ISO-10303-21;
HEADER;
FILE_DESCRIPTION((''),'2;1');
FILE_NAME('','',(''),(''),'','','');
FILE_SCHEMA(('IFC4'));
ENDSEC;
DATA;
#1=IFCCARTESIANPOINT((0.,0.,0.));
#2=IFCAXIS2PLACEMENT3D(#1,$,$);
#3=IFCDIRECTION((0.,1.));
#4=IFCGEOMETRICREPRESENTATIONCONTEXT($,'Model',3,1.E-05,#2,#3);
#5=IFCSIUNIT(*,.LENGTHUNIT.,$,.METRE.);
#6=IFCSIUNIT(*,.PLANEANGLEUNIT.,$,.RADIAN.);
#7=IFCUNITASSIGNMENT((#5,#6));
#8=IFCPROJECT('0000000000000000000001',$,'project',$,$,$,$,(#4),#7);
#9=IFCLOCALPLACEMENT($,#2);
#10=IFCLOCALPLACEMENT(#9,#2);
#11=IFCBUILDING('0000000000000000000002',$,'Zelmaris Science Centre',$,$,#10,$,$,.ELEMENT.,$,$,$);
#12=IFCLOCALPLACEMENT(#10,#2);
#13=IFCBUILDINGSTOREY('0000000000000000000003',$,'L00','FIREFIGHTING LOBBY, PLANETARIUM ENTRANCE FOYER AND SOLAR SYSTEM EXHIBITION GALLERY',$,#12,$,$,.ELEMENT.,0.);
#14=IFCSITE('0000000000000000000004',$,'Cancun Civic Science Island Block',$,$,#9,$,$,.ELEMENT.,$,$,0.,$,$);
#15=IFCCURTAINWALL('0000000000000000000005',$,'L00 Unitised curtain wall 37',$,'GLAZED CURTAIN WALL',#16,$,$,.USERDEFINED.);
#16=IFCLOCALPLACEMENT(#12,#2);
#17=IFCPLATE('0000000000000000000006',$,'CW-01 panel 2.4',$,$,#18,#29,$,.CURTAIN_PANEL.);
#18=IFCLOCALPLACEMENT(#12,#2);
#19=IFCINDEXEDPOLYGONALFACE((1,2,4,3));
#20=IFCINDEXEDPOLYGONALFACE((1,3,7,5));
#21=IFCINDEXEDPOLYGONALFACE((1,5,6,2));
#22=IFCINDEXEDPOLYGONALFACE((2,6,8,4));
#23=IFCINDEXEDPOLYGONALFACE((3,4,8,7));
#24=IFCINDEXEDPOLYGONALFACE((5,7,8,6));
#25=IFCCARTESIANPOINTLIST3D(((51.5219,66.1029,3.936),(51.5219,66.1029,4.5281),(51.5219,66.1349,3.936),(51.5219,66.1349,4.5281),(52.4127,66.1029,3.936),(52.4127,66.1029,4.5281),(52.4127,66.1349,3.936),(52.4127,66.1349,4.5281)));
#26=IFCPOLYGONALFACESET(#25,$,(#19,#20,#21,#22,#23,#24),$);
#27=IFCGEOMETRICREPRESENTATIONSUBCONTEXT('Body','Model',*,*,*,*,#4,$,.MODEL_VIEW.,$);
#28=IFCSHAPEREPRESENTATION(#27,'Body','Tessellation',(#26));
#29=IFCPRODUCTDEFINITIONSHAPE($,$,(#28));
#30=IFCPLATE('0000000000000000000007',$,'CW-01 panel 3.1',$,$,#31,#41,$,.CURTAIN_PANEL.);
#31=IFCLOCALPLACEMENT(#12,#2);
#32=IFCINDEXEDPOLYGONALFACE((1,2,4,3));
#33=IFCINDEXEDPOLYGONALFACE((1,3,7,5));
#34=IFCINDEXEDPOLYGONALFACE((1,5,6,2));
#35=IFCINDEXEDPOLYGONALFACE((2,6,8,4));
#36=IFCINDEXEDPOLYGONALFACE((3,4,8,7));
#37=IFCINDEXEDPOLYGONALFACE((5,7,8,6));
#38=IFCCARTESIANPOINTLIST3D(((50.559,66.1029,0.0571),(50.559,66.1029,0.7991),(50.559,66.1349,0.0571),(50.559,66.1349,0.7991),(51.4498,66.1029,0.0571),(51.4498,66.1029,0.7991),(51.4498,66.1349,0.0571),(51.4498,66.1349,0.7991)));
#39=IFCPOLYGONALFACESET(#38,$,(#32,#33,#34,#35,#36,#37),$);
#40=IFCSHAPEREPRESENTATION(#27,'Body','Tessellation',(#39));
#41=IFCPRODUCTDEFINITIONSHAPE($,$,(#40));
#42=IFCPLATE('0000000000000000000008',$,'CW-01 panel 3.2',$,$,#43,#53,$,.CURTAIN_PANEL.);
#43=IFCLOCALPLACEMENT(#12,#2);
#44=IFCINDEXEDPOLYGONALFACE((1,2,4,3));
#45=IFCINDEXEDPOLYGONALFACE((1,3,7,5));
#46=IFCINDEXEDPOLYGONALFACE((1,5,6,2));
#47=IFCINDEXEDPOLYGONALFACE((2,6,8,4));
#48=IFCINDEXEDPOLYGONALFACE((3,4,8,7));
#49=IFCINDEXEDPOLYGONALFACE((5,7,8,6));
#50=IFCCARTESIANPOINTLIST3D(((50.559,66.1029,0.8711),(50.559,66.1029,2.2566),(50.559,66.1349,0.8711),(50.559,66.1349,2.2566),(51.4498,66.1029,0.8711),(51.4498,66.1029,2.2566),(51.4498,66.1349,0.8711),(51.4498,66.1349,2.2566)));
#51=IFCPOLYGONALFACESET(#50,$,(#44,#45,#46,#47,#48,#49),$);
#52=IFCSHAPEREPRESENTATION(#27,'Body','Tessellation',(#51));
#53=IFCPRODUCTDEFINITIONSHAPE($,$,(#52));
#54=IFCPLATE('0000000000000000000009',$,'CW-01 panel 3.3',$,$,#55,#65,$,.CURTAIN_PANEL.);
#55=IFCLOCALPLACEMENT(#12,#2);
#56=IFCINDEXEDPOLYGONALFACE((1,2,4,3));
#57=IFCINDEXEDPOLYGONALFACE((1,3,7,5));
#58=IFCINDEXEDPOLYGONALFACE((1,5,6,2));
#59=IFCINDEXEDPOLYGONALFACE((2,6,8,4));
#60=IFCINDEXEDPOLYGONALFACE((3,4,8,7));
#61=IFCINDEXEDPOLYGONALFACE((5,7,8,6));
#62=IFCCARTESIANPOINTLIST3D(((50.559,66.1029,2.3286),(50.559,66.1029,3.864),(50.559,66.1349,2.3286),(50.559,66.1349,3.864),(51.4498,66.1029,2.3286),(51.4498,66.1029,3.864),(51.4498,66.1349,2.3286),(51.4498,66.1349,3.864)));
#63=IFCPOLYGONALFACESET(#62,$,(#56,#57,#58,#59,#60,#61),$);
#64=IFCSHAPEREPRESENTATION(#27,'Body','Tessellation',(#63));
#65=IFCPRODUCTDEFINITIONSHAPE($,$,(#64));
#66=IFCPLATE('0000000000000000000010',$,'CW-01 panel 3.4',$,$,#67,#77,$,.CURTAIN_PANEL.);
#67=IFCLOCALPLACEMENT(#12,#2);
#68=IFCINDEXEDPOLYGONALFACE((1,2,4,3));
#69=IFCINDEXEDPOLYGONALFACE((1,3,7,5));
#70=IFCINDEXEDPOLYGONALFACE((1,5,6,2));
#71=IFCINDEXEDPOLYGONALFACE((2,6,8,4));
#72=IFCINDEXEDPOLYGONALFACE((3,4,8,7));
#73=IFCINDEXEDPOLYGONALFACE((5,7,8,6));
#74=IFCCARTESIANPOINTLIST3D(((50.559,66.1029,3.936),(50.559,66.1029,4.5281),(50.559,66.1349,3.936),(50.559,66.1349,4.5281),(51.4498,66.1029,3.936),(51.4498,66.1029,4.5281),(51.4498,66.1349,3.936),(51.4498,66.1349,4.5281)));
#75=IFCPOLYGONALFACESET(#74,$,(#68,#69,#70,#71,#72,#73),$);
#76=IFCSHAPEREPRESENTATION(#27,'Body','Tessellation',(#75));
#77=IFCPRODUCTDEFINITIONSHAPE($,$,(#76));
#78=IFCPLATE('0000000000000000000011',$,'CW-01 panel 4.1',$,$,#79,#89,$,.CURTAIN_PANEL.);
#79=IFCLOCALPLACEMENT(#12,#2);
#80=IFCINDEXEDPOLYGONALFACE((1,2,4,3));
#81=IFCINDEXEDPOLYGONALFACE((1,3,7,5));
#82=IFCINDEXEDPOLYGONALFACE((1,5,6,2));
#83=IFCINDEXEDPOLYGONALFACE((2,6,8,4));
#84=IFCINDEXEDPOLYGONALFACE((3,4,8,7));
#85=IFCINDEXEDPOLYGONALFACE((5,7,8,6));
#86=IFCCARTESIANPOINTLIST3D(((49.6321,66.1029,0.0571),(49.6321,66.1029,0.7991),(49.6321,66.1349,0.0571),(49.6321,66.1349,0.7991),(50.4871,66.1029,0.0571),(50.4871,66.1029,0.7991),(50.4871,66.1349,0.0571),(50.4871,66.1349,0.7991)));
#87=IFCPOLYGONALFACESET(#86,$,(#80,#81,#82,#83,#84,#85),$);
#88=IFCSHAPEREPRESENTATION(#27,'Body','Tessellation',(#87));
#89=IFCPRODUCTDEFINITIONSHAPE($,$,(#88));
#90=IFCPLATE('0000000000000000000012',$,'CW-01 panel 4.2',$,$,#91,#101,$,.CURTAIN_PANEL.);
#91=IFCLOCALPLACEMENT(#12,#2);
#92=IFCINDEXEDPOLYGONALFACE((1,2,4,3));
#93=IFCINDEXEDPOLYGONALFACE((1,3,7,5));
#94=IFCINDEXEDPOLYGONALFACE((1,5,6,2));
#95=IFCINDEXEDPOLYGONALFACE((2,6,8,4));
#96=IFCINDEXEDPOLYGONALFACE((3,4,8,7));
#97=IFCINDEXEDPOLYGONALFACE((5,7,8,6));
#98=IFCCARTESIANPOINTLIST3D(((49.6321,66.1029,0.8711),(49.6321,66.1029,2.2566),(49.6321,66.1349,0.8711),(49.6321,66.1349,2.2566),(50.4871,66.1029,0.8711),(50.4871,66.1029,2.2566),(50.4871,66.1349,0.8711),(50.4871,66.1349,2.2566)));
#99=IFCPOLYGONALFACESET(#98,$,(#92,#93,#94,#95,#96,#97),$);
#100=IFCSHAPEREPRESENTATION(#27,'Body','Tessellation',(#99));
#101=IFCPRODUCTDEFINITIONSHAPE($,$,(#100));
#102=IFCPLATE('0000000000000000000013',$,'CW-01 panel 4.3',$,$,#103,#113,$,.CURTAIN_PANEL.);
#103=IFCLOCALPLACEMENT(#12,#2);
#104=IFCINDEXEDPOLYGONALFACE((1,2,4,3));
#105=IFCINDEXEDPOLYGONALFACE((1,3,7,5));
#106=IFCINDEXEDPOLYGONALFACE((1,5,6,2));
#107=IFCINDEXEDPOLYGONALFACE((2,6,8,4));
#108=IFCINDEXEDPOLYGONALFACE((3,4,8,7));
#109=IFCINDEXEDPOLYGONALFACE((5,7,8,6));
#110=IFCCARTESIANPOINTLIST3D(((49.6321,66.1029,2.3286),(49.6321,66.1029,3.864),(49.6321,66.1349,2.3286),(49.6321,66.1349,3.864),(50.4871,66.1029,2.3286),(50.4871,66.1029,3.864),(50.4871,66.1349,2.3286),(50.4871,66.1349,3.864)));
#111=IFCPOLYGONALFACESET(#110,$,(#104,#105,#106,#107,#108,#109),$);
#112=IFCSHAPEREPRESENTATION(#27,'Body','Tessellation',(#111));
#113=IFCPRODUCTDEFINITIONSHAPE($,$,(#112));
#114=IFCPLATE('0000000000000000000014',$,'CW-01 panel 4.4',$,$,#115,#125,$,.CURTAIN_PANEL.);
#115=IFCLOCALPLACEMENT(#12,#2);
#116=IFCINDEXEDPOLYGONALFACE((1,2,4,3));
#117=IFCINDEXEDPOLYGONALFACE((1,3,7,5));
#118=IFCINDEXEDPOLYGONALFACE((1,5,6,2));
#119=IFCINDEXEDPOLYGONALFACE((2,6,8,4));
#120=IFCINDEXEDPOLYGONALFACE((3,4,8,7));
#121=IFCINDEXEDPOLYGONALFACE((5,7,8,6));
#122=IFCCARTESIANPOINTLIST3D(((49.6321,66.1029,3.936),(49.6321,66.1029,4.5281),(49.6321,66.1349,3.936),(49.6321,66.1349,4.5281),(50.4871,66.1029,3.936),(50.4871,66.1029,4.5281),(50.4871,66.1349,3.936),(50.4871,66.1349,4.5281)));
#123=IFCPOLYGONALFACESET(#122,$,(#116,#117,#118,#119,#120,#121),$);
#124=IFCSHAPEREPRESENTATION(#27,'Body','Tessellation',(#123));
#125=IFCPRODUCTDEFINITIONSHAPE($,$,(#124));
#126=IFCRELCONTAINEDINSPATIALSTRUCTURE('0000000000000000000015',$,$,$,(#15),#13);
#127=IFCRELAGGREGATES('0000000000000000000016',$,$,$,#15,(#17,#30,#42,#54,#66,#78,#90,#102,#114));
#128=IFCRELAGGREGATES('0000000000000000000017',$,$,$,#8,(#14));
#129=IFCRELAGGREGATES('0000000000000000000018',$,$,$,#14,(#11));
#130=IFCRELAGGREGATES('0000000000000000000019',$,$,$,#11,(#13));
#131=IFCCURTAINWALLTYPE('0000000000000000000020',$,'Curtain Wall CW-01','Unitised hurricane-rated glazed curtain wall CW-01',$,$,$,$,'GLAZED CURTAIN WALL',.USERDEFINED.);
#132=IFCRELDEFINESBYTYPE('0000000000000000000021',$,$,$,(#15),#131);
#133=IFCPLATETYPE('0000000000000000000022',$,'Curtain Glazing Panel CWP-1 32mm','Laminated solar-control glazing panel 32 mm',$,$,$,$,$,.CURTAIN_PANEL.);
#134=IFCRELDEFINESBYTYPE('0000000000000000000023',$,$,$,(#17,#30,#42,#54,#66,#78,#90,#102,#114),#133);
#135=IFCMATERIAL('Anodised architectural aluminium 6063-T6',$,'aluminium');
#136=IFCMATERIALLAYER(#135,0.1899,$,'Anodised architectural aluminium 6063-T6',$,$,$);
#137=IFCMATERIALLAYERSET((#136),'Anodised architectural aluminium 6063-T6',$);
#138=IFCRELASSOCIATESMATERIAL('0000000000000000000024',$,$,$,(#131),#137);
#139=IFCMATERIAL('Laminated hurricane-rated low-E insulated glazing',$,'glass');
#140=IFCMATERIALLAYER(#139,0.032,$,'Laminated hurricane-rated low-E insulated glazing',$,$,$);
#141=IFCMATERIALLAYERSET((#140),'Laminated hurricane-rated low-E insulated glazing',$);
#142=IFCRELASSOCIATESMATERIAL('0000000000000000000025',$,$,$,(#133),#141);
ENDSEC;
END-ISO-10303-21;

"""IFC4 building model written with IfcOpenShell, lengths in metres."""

from ifc_helpers import new_model, si_unit, direction, frame, origin, origin_2d, place, context, subcontext, project, spatial, rectangle, extrude, material, layer, layer_set, type_object, element, aggregate, save


model = new_model("IFC4")

# Units and contexts
model_context = context("Model", 3, precision=1e-05, world=origin(), true_north=direction((0.0, 1.0)))
body_context = subcontext(model_context, "Body", "Model", "MODEL_VIEW")
ifc_project = project(units=[si_unit("LENGTHUNIT", "METRE"), si_unit("PLANEANGLEUNIT", "RADIAN")], contexts=[model_context])

# Site, building, storey
site_placement = place(None, origin())
site = spatial("IfcSite", under=ifc_project, at=site_placement, Name="Cancun Civic Science Island Block", CompositionType="ELEMENT", RefElevation=0.0)
building_placement = place(site_placement, origin())
building = spatial("IfcBuilding", under=site, at=building_placement, Name="Zelmaris Science Centre", CompositionType="ELEMENT")
storey_placement = place(building_placement, origin())
storey = spatial("IfcBuildingStorey", under=building, at=storey_placement, Name="L00", Description="FIREFIGHTING LOBBY, PLANETARIUM ENTRANCE FOYER AND SOLAR SYSTEM EXHIBITION GALLERY", CompositionType="ELEMENT", Elevation=0.0)

# Curtain wall
ifc_material_1 = material(Name="Anodised architectural aluminium 6063-T6", Category="aluminium")
ifc_layer_1 = layer(ifc_material_1, 0.1899, Name="Anodised architectural aluminium 6063-T6")
ifc_layer_set_1 = layer_set([ifc_layer_1], Name="Anodised architectural aluminium 6063-T6")
curtain_wall_type = type_object("IfcCurtainWallType", Name="Curtain Wall CW-01", Description="Unitised hurricane-rated glazed curtain wall CW-01", ElementType="GLAZED CURTAIN WALL", PredefinedType="USERDEFINED", material=ifc_layer_set_1)
curtain_wall_placement = place(storey_placement, origin())
curtain_wall = element("IfcCurtainWall", 1, at=curtain_wall_placement, inside=storey, type_object=curtain_wall_type, Name="L00 Unitised curtain wall 37", ObjectType="GLAZED CURTAIN WALL", PredefinedType="USERDEFINED")

# Plates
ifc_material_2 = material(Name="Laminated hurricane-rated low-E insulated glazing", Category="glass")
ifc_layer_2 = layer(ifc_material_2, 0.032, Name="Laminated hurricane-rated low-E insulated glazing")
ifc_layer_set_2 = layer_set([ifc_layer_2], Name="Laminated hurricane-rated low-E insulated glazing")
plate_type = type_object("IfcPlateType", Name="Curtain Glazing Panel CWP-1 32mm", Description="Laminated solar-control glazing panel 32 mm", PredefinedType="CURTAIN_PANEL", material=ifc_layer_set_2)
plate_1_placement = place(storey_placement, frame((51.9673, 66.1189, 3.936), z_axis=(0.0, 0.0, 1.0), x_axis=(-1.0, 0.0, 0.0)))
plate_1 = element("IfcPlate", 2, at=plate_1_placement, type_object=plate_type, Name="CW-01 panel 2.4", PredefinedType="CURTAIN_PANEL", context=body_context, shape_type="SweptSolid", body=[
    extrude(rectangle(XDim=0.8909, YDim=0.032, at=origin_2d()), origin(), (0.0, 0.0, 1.0), 0.592),
])
plate_2_placement = place(storey_placement, frame((51.0044, 66.1189, 0.0571), z_axis=(0.0, 0.0, 1.0), x_axis=(-1.0, 0.0, 0.0)))
plate_2 = element("IfcPlate", 3, at=plate_2_placement, type_object=plate_type, Name="CW-01 panel 3.1", PredefinedType="CURTAIN_PANEL", context=body_context, shape_type="SweptSolid", body=[
    extrude(rectangle(XDim=0.8909, YDim=0.032, at=origin_2d()), origin(), (0.0, 0.0, 1.0), 0.7419),
])
plate_3_placement = place(storey_placement, frame((51.0044, 66.1189, 0.8711), z_axis=(0.0, 0.0, 1.0), x_axis=(-1.0, 0.0, 0.0)))
plate_3 = element("IfcPlate", 4, at=plate_3_placement, type_object=plate_type, Name="CW-01 panel 3.2", PredefinedType="CURTAIN_PANEL", context=body_context, shape_type="SweptSolid", body=[
    extrude(rectangle(XDim=0.8909, YDim=0.032, at=origin_2d()), origin(), (0.0, 0.0, 1.0), 1.3855),
])
plate_4_placement = place(storey_placement, frame((51.0044, 66.1189, 2.3286), z_axis=(0.0, 0.0, 1.0), x_axis=(-1.0, 0.0, 0.0)))
plate_4 = element("IfcPlate", 5, at=plate_4_placement, type_object=plate_type, Name="CW-01 panel 3.3", PredefinedType="CURTAIN_PANEL", context=body_context, shape_type="SweptSolid", body=[
    extrude(rectangle(XDim=0.8909, YDim=0.032, at=origin_2d()), origin(), (0.0, 0.0, 1.0), 1.5354),
])
plate_5_placement = place(storey_placement, frame((51.0044, 66.1189, 3.936), z_axis=(0.0, 0.0, 1.0), x_axis=(-1.0, 0.0, 0.0)))
plate_5 = element("IfcPlate", 6, at=plate_5_placement, type_object=plate_type, Name="CW-01 panel 3.4", PredefinedType="CURTAIN_PANEL", context=body_context, shape_type="SweptSolid", body=[
    extrude(rectangle(XDim=0.8909, YDim=0.032, at=origin_2d()), origin(), (0.0, 0.0, 1.0), 0.592),
])
plate_6_placement = place(storey_placement, frame((50.0596, 66.1189, 0.0571), z_axis=(0.0, 0.0, 1.0), x_axis=(-1.0, 0.0, 0.0)))
plate_6 = element("IfcPlate", 7, at=plate_6_placement, type_object=plate_type, Name="CW-01 panel 4.1", PredefinedType="CURTAIN_PANEL", context=body_context, shape_type="SweptSolid", body=[
    extrude(rectangle(XDim=0.855, YDim=0.032, at=origin_2d()), origin(), (0.0, 0.0, 1.0), 0.7419),
])
plate_7_placement = place(storey_placement, frame((50.0596, 66.1189, 0.8711), z_axis=(0.0, 0.0, 1.0), x_axis=(-1.0, 0.0, 0.0)))
plate_7 = element("IfcPlate", 8, at=plate_7_placement, type_object=plate_type, Name="CW-01 panel 4.2", PredefinedType="CURTAIN_PANEL", context=body_context, shape_type="SweptSolid", body=[
    extrude(rectangle(XDim=0.855, YDim=0.032, at=origin_2d()), origin(), (0.0, 0.0, 1.0), 1.3855),
])
plate_8_placement = place(storey_placement, frame((50.0596, 66.1189, 2.3286), z_axis=(0.0, 0.0, 1.0), x_axis=(-1.0, 0.0, 0.0)))
plate_8 = element("IfcPlate", 9, at=plate_8_placement, type_object=plate_type, Name="CW-01 panel 4.3", PredefinedType="CURTAIN_PANEL", context=body_context, shape_type="SweptSolid", body=[
    extrude(rectangle(XDim=0.855, YDim=0.032, at=origin_2d()), origin(), (0.0, 0.0, 1.0), 1.5354),
])
plate_9_placement = place(storey_placement, frame((50.0596, 66.1189, 3.936), z_axis=(0.0, 0.0, 1.0), x_axis=(-1.0, 0.0, 0.0)))
plate_9 = element("IfcPlate", 10, at=plate_9_placement, type_object=plate_type, Name="CW-01 panel 4.4", PredefinedType="CURTAIN_PANEL", context=body_context, shape_type="SweptSolid", body=[
    extrude(rectangle(XDim=0.855, YDim=0.032, at=origin_2d()), origin(), (0.0, 0.0, 1.0), 0.592),
])
aggregate(curtain_wall, [plate_1, plate_2, plate_3, plate_4, plate_5, plate_6, plate_7, plate_8, plate_9])

save(model, "model.ifc")
